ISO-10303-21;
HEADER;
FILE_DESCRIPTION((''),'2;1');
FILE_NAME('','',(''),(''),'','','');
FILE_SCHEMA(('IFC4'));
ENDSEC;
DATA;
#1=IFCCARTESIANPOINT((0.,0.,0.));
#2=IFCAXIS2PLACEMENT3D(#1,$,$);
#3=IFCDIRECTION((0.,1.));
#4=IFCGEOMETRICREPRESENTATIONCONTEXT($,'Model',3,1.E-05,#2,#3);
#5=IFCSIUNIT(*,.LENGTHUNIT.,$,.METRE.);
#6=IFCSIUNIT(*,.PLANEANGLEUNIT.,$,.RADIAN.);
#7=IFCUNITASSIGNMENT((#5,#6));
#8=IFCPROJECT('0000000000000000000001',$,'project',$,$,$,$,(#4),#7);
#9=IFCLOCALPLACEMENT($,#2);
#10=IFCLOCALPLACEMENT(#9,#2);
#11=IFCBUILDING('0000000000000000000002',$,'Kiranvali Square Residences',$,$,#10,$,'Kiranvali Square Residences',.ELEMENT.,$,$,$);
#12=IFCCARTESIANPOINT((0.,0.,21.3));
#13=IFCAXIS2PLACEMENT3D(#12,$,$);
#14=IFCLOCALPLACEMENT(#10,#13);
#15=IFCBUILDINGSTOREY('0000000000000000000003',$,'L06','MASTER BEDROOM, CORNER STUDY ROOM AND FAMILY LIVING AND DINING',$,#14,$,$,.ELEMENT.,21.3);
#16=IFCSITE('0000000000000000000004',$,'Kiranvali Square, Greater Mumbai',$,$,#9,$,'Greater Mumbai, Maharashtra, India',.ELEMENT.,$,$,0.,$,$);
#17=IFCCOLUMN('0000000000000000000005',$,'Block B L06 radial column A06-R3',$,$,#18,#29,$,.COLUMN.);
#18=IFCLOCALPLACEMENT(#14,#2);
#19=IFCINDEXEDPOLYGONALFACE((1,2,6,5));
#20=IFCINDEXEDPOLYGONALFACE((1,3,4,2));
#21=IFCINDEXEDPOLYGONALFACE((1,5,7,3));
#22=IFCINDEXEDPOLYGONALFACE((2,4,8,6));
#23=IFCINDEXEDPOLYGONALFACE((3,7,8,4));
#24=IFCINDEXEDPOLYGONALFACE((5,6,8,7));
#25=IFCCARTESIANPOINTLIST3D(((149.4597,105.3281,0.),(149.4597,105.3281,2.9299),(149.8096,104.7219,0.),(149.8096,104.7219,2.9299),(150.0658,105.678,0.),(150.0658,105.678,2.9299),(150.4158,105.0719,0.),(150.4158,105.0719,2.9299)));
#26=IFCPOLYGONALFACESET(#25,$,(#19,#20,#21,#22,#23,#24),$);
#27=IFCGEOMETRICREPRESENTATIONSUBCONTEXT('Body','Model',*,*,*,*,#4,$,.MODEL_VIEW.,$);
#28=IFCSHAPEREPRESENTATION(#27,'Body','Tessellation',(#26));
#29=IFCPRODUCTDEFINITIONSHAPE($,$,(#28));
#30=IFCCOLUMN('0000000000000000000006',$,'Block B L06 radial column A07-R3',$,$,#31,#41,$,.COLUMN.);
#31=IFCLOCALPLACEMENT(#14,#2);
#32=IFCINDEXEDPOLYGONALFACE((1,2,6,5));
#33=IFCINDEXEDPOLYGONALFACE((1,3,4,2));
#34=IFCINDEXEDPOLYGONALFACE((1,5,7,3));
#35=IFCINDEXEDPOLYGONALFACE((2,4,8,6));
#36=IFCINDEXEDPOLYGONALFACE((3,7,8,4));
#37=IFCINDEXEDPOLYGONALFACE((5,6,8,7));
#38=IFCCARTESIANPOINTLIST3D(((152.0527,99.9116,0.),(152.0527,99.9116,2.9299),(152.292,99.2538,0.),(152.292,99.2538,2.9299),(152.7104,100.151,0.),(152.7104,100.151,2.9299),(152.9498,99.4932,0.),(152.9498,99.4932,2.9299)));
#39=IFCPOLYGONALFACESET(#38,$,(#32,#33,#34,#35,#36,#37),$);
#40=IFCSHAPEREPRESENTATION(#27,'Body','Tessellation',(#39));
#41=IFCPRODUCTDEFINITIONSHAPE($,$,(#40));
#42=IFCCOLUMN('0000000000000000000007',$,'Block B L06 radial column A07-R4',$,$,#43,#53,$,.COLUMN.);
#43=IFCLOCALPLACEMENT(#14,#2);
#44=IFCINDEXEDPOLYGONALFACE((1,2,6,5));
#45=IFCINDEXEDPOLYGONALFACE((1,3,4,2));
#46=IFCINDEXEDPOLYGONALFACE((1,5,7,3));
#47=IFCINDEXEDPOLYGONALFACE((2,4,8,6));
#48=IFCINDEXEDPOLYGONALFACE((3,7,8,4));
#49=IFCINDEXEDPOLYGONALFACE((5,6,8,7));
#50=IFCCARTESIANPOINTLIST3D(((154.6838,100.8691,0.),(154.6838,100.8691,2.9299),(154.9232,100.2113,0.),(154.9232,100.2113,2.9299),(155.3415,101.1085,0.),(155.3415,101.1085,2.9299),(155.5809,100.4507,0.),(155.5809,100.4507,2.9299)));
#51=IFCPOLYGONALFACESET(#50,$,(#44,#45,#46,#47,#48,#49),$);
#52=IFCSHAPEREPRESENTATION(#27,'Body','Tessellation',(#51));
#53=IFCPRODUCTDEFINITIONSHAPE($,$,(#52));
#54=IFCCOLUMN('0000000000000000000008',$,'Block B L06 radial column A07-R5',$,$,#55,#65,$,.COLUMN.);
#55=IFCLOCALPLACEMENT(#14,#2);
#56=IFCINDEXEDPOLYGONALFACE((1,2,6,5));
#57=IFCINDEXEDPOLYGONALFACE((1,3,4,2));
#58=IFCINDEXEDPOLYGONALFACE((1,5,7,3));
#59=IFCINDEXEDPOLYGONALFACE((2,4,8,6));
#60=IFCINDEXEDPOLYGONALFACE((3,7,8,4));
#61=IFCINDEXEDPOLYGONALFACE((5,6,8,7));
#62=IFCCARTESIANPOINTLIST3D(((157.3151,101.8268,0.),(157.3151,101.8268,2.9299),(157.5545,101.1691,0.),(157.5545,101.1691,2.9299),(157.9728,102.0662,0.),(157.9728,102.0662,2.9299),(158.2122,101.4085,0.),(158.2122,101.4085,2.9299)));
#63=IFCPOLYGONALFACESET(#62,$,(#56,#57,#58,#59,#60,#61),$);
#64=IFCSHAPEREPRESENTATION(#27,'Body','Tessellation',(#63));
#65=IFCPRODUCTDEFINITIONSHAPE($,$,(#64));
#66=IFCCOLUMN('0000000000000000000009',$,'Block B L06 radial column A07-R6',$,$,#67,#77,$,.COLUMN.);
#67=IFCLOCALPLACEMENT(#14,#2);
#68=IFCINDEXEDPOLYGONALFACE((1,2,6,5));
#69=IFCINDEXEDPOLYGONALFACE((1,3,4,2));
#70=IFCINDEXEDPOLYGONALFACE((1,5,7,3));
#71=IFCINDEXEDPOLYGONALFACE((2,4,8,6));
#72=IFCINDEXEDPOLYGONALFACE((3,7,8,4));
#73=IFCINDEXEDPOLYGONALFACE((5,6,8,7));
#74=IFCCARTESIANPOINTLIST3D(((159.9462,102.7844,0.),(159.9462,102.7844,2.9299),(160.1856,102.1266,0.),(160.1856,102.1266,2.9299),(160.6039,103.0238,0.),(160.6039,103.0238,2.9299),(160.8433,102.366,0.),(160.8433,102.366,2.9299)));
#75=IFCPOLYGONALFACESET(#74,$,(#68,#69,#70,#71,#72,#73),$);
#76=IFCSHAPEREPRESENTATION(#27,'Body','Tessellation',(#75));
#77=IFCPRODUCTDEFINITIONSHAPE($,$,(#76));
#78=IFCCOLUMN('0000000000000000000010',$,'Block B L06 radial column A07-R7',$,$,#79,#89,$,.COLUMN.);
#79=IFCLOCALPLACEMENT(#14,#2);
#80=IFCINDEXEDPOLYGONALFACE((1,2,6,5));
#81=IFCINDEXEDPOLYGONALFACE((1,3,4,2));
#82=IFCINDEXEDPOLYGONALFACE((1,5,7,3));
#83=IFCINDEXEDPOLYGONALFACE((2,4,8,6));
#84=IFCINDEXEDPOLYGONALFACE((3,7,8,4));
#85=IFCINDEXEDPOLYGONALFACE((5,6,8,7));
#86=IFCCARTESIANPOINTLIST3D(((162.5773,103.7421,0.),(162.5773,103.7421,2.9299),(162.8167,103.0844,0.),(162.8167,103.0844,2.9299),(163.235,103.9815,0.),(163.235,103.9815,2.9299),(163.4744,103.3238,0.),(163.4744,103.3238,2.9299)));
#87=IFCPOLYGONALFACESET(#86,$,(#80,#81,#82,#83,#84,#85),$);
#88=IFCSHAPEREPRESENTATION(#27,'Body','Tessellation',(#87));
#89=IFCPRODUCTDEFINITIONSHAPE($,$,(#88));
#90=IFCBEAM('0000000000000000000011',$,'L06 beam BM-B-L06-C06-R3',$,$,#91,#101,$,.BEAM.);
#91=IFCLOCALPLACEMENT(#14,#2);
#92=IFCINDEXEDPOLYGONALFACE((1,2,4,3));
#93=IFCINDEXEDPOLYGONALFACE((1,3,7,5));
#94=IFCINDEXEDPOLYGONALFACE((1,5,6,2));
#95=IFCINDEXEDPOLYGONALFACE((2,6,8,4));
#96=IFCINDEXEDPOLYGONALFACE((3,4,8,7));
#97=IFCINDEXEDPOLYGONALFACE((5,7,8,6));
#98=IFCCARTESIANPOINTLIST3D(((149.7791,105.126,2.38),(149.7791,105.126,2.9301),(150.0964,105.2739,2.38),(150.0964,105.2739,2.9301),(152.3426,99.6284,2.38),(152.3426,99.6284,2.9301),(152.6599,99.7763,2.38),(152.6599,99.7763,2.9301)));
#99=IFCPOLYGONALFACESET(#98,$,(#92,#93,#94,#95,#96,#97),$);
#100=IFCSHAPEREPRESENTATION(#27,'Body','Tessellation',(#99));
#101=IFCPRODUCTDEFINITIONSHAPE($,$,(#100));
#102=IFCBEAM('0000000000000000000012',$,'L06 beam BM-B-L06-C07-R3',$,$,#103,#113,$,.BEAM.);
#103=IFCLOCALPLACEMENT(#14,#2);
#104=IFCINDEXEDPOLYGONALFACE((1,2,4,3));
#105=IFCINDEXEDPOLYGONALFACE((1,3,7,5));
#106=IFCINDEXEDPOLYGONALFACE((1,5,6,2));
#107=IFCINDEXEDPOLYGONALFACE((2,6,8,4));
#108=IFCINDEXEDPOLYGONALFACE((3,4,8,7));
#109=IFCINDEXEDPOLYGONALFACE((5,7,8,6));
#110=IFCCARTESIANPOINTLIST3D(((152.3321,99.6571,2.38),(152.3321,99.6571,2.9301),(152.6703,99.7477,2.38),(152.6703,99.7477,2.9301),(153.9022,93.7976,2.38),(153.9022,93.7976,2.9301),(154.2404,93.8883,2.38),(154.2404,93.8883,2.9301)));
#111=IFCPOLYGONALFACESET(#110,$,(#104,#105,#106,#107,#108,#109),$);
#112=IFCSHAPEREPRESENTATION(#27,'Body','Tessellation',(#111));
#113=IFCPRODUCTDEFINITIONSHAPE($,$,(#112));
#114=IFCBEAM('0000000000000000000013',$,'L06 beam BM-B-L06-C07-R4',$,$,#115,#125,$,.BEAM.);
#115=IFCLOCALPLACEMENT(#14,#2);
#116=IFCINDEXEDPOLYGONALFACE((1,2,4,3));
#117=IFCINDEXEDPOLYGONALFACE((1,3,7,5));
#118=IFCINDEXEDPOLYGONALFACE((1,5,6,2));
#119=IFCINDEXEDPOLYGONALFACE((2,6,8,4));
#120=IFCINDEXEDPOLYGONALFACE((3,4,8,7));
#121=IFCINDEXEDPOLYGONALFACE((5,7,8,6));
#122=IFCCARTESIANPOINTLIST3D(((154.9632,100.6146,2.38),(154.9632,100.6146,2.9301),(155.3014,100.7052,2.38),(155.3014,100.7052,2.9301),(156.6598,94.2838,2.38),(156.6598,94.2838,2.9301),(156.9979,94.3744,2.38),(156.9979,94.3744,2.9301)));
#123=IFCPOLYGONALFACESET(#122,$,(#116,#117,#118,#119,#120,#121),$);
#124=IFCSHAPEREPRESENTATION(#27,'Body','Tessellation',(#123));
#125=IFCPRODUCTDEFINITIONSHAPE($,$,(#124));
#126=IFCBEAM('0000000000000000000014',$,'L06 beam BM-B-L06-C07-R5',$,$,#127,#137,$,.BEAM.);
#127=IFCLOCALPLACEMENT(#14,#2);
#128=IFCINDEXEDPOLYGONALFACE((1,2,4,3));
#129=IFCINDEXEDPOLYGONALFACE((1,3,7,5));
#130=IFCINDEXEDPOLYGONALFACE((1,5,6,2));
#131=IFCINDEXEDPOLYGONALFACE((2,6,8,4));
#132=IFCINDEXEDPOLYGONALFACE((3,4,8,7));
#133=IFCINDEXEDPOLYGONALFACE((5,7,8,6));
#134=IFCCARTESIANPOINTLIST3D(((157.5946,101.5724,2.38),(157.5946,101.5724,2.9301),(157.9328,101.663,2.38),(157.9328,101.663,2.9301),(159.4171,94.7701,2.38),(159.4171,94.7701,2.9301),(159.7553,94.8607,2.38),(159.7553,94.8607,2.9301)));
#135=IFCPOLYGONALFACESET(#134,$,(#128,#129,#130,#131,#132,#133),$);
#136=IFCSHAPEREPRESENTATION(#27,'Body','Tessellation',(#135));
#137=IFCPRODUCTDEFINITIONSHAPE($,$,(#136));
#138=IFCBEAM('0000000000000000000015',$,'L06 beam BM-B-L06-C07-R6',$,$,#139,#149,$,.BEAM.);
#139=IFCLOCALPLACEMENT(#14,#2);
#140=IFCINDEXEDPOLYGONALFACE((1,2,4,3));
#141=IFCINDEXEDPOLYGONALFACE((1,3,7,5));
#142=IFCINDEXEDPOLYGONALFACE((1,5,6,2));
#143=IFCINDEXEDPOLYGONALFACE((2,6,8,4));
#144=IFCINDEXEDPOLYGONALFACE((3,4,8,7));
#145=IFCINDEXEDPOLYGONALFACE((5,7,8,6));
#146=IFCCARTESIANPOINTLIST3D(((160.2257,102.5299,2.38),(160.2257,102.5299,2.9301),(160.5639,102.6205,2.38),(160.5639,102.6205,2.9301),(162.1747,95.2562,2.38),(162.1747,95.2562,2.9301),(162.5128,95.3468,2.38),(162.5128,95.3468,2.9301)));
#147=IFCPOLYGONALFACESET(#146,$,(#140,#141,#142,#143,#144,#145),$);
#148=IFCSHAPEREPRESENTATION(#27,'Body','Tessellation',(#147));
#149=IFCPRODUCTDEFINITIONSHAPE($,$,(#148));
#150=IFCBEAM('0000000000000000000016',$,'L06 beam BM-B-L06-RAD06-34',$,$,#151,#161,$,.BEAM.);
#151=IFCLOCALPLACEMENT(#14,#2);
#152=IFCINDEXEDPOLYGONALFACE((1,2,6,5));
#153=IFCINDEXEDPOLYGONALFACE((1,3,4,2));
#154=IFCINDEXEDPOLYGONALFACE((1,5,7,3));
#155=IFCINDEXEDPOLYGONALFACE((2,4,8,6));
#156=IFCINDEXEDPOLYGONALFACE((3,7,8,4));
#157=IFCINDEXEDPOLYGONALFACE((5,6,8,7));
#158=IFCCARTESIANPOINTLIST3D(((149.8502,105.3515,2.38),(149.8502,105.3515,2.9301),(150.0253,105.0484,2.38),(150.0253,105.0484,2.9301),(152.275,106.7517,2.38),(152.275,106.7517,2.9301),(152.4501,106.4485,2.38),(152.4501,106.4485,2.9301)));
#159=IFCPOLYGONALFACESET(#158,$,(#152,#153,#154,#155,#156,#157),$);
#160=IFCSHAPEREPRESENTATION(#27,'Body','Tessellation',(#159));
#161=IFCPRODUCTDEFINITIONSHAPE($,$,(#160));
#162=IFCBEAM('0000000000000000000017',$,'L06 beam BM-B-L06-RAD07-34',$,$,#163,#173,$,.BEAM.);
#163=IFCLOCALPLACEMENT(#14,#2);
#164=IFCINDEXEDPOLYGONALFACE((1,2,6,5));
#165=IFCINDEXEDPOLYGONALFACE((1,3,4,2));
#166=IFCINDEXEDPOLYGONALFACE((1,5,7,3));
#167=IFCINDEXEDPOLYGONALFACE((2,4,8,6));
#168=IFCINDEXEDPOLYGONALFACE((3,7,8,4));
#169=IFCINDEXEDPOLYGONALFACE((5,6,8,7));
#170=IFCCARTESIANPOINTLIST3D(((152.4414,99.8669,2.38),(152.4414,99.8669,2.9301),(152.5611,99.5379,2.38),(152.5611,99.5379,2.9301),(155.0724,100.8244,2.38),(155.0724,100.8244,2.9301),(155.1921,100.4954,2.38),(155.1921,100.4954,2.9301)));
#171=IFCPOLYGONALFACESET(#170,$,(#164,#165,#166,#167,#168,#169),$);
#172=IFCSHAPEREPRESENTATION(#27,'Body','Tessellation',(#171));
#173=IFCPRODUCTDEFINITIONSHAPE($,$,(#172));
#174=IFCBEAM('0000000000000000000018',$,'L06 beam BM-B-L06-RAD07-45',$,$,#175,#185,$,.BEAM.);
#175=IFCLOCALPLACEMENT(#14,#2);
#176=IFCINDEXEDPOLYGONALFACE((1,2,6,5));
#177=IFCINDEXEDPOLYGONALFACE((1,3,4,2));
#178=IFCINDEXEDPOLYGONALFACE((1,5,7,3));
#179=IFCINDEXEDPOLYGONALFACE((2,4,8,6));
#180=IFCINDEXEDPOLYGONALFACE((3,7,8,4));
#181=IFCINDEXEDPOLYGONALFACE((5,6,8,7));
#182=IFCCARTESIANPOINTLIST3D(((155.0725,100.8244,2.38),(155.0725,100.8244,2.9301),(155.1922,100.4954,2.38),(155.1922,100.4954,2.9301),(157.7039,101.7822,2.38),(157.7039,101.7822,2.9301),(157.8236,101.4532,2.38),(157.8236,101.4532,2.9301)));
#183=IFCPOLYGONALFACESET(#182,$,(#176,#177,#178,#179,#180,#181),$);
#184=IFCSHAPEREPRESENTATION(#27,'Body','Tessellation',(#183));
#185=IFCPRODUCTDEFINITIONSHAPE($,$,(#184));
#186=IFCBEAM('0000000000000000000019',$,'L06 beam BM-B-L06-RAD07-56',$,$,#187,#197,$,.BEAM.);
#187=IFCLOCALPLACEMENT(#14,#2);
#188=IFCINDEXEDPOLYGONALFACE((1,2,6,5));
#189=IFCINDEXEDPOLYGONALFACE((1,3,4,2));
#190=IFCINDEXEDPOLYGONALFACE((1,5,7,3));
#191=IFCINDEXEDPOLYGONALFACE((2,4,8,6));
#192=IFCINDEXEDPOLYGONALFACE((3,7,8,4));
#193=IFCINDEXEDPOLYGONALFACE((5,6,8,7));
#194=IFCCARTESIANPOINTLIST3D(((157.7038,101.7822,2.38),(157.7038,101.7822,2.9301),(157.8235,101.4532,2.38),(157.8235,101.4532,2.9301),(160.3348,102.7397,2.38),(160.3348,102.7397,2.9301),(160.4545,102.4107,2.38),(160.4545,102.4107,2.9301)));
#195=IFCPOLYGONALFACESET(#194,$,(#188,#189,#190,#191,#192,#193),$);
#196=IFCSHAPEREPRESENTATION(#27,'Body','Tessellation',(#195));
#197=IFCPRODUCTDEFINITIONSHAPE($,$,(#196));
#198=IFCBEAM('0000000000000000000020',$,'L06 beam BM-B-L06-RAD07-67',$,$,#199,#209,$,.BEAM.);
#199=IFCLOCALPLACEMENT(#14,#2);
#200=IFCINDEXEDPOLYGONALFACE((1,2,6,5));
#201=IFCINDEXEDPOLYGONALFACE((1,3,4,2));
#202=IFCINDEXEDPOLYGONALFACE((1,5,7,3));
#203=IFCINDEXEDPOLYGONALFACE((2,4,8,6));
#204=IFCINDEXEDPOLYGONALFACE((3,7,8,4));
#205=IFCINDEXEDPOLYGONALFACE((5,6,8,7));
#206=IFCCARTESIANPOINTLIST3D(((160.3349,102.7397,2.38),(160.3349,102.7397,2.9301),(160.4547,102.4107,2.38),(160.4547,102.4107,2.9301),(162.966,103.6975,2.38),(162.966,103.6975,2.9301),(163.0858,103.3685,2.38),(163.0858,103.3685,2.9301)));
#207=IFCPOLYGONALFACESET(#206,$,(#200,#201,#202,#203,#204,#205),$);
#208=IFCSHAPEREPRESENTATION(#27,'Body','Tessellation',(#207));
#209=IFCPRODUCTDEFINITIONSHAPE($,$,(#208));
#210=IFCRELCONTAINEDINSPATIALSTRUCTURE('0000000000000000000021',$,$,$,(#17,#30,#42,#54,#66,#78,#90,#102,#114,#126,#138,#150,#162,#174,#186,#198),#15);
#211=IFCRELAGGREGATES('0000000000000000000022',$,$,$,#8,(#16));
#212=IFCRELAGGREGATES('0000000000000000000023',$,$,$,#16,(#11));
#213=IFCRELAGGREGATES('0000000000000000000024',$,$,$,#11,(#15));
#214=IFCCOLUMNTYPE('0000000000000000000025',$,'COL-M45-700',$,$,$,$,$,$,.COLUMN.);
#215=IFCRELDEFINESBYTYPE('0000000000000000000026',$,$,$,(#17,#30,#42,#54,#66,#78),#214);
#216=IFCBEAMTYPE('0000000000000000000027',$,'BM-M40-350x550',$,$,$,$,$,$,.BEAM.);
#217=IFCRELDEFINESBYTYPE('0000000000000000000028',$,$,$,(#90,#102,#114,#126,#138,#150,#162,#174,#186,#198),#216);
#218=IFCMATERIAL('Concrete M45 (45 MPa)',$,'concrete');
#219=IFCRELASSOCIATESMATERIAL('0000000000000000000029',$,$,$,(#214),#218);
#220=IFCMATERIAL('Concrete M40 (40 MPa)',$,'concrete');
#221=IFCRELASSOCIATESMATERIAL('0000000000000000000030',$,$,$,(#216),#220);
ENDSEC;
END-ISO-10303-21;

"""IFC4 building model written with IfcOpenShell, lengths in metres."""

from ifc_helpers import new_model, si_unit, direction, frame, origin, origin_2d, place, context, subcontext, project, spatial, rectangle, extrude, material, material_profile, profile_set, type_object, element, save


model = new_model("IFC4")

# Units and contexts
model_context = context("Model", 3, precision=1e-05, world=origin(), true_north=direction((0.0, 1.0)))
body_context = subcontext(model_context, "Body", "Model", "MODEL_VIEW")
ifc_project = project(units=[si_unit("LENGTHUNIT", "METRE"), si_unit("PLANEANGLEUNIT", "RADIAN")], contexts=[model_context])

# Site, building, storey
site_placement = place(None, origin())
site = spatial("IfcSite", under=ifc_project, at=site_placement, Name="Kiranvali Square, Greater Mumbai", LongName="Greater Mumbai, Maharashtra, India", CompositionType="ELEMENT", RefElevation=0.0)
building_placement = place(site_placement, origin())
building = spatial("IfcBuilding", under=site, at=building_placement, Name="Kiranvali Square Residences", LongName="Kiranvali Square Residences", CompositionType="ELEMENT")
storey_placement = place(building_placement, frame((0.0, 0.0, 21.3)))
storey = spatial("IfcBuildingStorey", under=building, at=storey_placement, Name="L06", Description="MASTER BEDROOM, CORNER STUDY ROOM AND FAMILY LIVING AND DINING", CompositionType="ELEMENT", Elevation=21.3)

# Columns
ifc_material_1 = material(Name="Concrete M45 (45 MPa)", Category="concrete")
ifc_material_profile_1 = material_profile(ifc_material_1, rectangle(XDim=0.7, YDim=0.7, at=origin_2d()), Name="RC 700x700")
ifc_profile_set_1 = profile_set([ifc_material_profile_1], Name="Concrete M45 (45 MPa)")
column_type = type_object("IfcColumnType", Name="COL-M45-700", PredefinedType="COLUMN", material=ifc_profile_set_1)
for number, where, z_axis, x_axis, name in (
    (1, (149.9377, 105.2, 0.0), (0.0, 0.0, 1.0), (-0.5, 0.866025, 0.0), "Block B L06 radial column A06-R3"),
    (2, (152.5012, 99.7024, 0.0), (0.0, 0.0, 1.0), (-0.34202, 0.939693, 0.0), "Block B L06 radial column A07-R3"),
    (3, (155.1323, 100.6599, 0.0), (0.0, 0.0, 1.0), (-0.34202, 0.939693, 0.0), "Block B L06 radial column A07-R4"),
    (4, (157.7637, 101.6177, 0.0), (0.0, 0.0, 1.0), (-0.34202, 0.939693, 0.0), "Block B L06 radial column A07-R5"),
    (5, (160.3948, 102.5752, 0.0), (0.0, 0.0, 1.0), (-0.34202, 0.939693, 0.0), "Block B L06 radial column A07-R6"),
    (6, (163.0259, 103.533, 0.0), (0.0, 0.0, 1.0), (-0.34202, 0.939693, 0.0), "Block B L06 radial column A07-R7"),
):
    element("IfcColumn", number, at=place(storey_placement, frame(where, z_axis=z_axis, x_axis=x_axis)), inside=storey, type_object=column_type, Name=name, PredefinedType="COLUMN", context=body_context, shape_type="SweptSolid", body=[
        extrude(rectangle(XDim=0.7, YDim=0.7, at=origin_2d()), origin(), (0.0, 0.0, 1.0), 2.9299),
    ])

# Beams
ifc_material_2 = material(Name="Concrete M40 (40 MPa)", Category="concrete")
ifc_material_profile_2 = material_profile(ifc_material_2, rectangle(XDim=0.3501, YDim=0.55, at=origin_2d()), Name="RC 350x550")
ifc_profile_set_2 = profile_set([ifc_material_profile_2], Name="Concrete M40 (40 MPa)")
beam_type_1 = type_object("IfcBeamType", Name="BM-M40-350x550", PredefinedType="BEAM", material=ifc_profile_set_2)
beam_1_placement = place(storey_placement, frame((149.9377, 105.2, 2.655), z_axis=(0.422608, -0.906313, 0.0), x_axis=(0.906313, 0.422608, 0.0)))
element("IfcBeam", 7, at=beam_1_placement, inside=storey, type_object=beam_type_1, Name="L06 beam BM-B-L06-C06-R3", PredefinedType="BEAM", context=body_context, shape_type="SweptSolid", body=[
    extrude(rectangle(XDim=0.3501, YDim=0.55, at=origin_2d()), origin(), (0.0, 0.0, 1.0), 6.0659),
])
beam_2_placement = place(storey_placement, frame((152.5012, 99.7024, 2.655), z_axis=(0.258827, -0.965924, 0.0), x_axis=(0.965924, 0.258827, 0.0)))
element("IfcBeam", 8, at=beam_2_placement, inside=storey, type_object=beam_type_1, Name="L06 beam BM-B-L06-C07-R3", PredefinedType="BEAM", context=body_context, shape_type="SweptSolid", body=[
    extrude(rectangle(XDim=0.3501, YDim=0.55, at=origin_2d()), origin(), (0.0, 0.0, 1.0), 6.0662),
])
beam_3_placement = place(storey_placement, frame((155.1323, 100.6599, 2.655), z_axis=(0.258847, -0.965918, 0.0), x_axis=(0.965918, 0.258847, 0.0)))
element("IfcBeam", 9, at=beam_3_placement, inside=storey, type_object=beam_type_1, Name="L06 beam BM-B-L06-C07-R4", PredefinedType="BEAM", context=body_context, shape_type="SweptSolid", body=[
    extrude(rectangle(XDim=0.3501, YDim=0.55, at=origin_2d()), origin(), (0.0, 0.0, 1.0), 6.5542),
])
beam_4_placement = place(storey_placement, frame((157.7637, 101.6177, 2.655), z_axis=(0.2588, -0.965931, 0.0), x_axis=(0.965931, 0.2588, 0.0)))
element("IfcBeam", 10, at=beam_4_placement, inside=storey, type_object=beam_type_1, Name="L06 beam BM-B-L06-C07-R5", PredefinedType="BEAM", context=body_context, shape_type="SweptSolid", body=[
    extrude(rectangle(XDim=0.3501, YDim=0.55, at=origin_2d()), origin(), (0.0, 0.0, 1.0), 7.0422),
])
beam_5_placement = place(storey_placement, frame((160.3948, 102.5752, 2.655), z_axis=(0.258819, -0.965926, 0.0), x_axis=(0.965926, 0.258819, 0.0)))
element("IfcBeam", 11, at=beam_5_placement, inside=storey, type_object=beam_type_1, Name="L06 beam BM-B-L06-C07-R6", PredefinedType="BEAM", context=body_context, shape_type="SweptSolid", body=[
    extrude(rectangle(XDim=0.3501, YDim=0.55, at=origin_2d()), origin(), (0.0, 0.0, 1.0), 7.5303),
])
beam_6_placement = place(storey_placement, frame((149.9377, 105.2, 2.655), z_axis=(0.865997, 0.50005, 0.0), x_axis=(-0.50005, 0.865997, 0.0)))
element("IfcBeam", 12, at=beam_6_placement, inside=storey, type_object=beam_type_1, Name="L06 beam BM-B-L06-RAD06-34", PredefinedType="BEAM", context=body_context, shape_type="SweptSolid", body=[
    extrude(rectangle(XDim=0.3501, YDim=0.55, at=origin_2d()), origin(), (0.0, 0.0, 1.0), 2.8),
])
beam_7_placement = place(storey_placement, frame((152.5012, 99.7024, 2.655), z_axis=(0.939707, 0.341981, 0.0), x_axis=(-0.341981, 0.939707, 0.0)))
element("IfcBeam", 13, at=beam_7_placement, inside=storey, type_object=beam_type_1, Name="L06 beam BM-B-L06-RAD07-34", PredefinedType="BEAM", context=body_context, shape_type="SweptSolid", body=[
    extrude(rectangle(XDim=0.3501, YDim=0.55, at=origin_2d()), origin(), (0.0, 0.0, 1.0), 2.7998),
])
beam_8_placement = place(storey_placement, frame((155.1323, 100.6599, 2.655), z_axis=(0.939689, 0.34203, 0.0), x_axis=(-0.34203, 0.939689, 0.0)))
element("IfcBeam", 14, at=beam_8_placement, inside=storey, type_object=beam_type_1, Name="L06 beam BM-B-L06-RAD07-45", PredefinedType="BEAM", context=body_context, shape_type="SweptSolid", body=[
    extrude(rectangle(XDim=0.3501, YDim=0.55, at=origin_2d()), origin(), (0.0, 0.0, 1.0), 2.8003),
])
beam_9_placement = place(storey_placement, frame((157.7637, 101.6177, 2.655), z_axis=(0.939707, 0.341981, 0.0), x_axis=(-0.341981, 0.939707, 0.0)))
element("IfcBeam", 15, at=beam_9_placement, inside=storey, type_object=beam_type_1, Name="L06 beam BM-B-L06-RAD07-56", PredefinedType="BEAM", context=body_context, shape_type="SweptSolid", body=[
    extrude(rectangle(XDim=0.3501, YDim=0.55, at=origin_2d()), origin(), (0.0, 0.0, 1.0), 2.7998),
])
beam_10_placement = place(storey_placement, frame((160.3948, 102.5752, 2.655), z_axis=(0.939679, 0.342058, 0.0), x_axis=(-0.342058, 0.939679, 0.0)))
element("IfcBeam", 16, at=beam_10_placement, inside=storey, type_object=beam_type_1, Name="L06 beam BM-B-L06-RAD07-67", PredefinedType="BEAM", context=body_context, shape_type="SweptSolid", body=[
    extrude(rectangle(XDim=0.3501, YDim=0.55, at=origin_2d()), origin(), (0.0, 0.0, 1.0), 2.8),
])

save(model, "model.ifc")
